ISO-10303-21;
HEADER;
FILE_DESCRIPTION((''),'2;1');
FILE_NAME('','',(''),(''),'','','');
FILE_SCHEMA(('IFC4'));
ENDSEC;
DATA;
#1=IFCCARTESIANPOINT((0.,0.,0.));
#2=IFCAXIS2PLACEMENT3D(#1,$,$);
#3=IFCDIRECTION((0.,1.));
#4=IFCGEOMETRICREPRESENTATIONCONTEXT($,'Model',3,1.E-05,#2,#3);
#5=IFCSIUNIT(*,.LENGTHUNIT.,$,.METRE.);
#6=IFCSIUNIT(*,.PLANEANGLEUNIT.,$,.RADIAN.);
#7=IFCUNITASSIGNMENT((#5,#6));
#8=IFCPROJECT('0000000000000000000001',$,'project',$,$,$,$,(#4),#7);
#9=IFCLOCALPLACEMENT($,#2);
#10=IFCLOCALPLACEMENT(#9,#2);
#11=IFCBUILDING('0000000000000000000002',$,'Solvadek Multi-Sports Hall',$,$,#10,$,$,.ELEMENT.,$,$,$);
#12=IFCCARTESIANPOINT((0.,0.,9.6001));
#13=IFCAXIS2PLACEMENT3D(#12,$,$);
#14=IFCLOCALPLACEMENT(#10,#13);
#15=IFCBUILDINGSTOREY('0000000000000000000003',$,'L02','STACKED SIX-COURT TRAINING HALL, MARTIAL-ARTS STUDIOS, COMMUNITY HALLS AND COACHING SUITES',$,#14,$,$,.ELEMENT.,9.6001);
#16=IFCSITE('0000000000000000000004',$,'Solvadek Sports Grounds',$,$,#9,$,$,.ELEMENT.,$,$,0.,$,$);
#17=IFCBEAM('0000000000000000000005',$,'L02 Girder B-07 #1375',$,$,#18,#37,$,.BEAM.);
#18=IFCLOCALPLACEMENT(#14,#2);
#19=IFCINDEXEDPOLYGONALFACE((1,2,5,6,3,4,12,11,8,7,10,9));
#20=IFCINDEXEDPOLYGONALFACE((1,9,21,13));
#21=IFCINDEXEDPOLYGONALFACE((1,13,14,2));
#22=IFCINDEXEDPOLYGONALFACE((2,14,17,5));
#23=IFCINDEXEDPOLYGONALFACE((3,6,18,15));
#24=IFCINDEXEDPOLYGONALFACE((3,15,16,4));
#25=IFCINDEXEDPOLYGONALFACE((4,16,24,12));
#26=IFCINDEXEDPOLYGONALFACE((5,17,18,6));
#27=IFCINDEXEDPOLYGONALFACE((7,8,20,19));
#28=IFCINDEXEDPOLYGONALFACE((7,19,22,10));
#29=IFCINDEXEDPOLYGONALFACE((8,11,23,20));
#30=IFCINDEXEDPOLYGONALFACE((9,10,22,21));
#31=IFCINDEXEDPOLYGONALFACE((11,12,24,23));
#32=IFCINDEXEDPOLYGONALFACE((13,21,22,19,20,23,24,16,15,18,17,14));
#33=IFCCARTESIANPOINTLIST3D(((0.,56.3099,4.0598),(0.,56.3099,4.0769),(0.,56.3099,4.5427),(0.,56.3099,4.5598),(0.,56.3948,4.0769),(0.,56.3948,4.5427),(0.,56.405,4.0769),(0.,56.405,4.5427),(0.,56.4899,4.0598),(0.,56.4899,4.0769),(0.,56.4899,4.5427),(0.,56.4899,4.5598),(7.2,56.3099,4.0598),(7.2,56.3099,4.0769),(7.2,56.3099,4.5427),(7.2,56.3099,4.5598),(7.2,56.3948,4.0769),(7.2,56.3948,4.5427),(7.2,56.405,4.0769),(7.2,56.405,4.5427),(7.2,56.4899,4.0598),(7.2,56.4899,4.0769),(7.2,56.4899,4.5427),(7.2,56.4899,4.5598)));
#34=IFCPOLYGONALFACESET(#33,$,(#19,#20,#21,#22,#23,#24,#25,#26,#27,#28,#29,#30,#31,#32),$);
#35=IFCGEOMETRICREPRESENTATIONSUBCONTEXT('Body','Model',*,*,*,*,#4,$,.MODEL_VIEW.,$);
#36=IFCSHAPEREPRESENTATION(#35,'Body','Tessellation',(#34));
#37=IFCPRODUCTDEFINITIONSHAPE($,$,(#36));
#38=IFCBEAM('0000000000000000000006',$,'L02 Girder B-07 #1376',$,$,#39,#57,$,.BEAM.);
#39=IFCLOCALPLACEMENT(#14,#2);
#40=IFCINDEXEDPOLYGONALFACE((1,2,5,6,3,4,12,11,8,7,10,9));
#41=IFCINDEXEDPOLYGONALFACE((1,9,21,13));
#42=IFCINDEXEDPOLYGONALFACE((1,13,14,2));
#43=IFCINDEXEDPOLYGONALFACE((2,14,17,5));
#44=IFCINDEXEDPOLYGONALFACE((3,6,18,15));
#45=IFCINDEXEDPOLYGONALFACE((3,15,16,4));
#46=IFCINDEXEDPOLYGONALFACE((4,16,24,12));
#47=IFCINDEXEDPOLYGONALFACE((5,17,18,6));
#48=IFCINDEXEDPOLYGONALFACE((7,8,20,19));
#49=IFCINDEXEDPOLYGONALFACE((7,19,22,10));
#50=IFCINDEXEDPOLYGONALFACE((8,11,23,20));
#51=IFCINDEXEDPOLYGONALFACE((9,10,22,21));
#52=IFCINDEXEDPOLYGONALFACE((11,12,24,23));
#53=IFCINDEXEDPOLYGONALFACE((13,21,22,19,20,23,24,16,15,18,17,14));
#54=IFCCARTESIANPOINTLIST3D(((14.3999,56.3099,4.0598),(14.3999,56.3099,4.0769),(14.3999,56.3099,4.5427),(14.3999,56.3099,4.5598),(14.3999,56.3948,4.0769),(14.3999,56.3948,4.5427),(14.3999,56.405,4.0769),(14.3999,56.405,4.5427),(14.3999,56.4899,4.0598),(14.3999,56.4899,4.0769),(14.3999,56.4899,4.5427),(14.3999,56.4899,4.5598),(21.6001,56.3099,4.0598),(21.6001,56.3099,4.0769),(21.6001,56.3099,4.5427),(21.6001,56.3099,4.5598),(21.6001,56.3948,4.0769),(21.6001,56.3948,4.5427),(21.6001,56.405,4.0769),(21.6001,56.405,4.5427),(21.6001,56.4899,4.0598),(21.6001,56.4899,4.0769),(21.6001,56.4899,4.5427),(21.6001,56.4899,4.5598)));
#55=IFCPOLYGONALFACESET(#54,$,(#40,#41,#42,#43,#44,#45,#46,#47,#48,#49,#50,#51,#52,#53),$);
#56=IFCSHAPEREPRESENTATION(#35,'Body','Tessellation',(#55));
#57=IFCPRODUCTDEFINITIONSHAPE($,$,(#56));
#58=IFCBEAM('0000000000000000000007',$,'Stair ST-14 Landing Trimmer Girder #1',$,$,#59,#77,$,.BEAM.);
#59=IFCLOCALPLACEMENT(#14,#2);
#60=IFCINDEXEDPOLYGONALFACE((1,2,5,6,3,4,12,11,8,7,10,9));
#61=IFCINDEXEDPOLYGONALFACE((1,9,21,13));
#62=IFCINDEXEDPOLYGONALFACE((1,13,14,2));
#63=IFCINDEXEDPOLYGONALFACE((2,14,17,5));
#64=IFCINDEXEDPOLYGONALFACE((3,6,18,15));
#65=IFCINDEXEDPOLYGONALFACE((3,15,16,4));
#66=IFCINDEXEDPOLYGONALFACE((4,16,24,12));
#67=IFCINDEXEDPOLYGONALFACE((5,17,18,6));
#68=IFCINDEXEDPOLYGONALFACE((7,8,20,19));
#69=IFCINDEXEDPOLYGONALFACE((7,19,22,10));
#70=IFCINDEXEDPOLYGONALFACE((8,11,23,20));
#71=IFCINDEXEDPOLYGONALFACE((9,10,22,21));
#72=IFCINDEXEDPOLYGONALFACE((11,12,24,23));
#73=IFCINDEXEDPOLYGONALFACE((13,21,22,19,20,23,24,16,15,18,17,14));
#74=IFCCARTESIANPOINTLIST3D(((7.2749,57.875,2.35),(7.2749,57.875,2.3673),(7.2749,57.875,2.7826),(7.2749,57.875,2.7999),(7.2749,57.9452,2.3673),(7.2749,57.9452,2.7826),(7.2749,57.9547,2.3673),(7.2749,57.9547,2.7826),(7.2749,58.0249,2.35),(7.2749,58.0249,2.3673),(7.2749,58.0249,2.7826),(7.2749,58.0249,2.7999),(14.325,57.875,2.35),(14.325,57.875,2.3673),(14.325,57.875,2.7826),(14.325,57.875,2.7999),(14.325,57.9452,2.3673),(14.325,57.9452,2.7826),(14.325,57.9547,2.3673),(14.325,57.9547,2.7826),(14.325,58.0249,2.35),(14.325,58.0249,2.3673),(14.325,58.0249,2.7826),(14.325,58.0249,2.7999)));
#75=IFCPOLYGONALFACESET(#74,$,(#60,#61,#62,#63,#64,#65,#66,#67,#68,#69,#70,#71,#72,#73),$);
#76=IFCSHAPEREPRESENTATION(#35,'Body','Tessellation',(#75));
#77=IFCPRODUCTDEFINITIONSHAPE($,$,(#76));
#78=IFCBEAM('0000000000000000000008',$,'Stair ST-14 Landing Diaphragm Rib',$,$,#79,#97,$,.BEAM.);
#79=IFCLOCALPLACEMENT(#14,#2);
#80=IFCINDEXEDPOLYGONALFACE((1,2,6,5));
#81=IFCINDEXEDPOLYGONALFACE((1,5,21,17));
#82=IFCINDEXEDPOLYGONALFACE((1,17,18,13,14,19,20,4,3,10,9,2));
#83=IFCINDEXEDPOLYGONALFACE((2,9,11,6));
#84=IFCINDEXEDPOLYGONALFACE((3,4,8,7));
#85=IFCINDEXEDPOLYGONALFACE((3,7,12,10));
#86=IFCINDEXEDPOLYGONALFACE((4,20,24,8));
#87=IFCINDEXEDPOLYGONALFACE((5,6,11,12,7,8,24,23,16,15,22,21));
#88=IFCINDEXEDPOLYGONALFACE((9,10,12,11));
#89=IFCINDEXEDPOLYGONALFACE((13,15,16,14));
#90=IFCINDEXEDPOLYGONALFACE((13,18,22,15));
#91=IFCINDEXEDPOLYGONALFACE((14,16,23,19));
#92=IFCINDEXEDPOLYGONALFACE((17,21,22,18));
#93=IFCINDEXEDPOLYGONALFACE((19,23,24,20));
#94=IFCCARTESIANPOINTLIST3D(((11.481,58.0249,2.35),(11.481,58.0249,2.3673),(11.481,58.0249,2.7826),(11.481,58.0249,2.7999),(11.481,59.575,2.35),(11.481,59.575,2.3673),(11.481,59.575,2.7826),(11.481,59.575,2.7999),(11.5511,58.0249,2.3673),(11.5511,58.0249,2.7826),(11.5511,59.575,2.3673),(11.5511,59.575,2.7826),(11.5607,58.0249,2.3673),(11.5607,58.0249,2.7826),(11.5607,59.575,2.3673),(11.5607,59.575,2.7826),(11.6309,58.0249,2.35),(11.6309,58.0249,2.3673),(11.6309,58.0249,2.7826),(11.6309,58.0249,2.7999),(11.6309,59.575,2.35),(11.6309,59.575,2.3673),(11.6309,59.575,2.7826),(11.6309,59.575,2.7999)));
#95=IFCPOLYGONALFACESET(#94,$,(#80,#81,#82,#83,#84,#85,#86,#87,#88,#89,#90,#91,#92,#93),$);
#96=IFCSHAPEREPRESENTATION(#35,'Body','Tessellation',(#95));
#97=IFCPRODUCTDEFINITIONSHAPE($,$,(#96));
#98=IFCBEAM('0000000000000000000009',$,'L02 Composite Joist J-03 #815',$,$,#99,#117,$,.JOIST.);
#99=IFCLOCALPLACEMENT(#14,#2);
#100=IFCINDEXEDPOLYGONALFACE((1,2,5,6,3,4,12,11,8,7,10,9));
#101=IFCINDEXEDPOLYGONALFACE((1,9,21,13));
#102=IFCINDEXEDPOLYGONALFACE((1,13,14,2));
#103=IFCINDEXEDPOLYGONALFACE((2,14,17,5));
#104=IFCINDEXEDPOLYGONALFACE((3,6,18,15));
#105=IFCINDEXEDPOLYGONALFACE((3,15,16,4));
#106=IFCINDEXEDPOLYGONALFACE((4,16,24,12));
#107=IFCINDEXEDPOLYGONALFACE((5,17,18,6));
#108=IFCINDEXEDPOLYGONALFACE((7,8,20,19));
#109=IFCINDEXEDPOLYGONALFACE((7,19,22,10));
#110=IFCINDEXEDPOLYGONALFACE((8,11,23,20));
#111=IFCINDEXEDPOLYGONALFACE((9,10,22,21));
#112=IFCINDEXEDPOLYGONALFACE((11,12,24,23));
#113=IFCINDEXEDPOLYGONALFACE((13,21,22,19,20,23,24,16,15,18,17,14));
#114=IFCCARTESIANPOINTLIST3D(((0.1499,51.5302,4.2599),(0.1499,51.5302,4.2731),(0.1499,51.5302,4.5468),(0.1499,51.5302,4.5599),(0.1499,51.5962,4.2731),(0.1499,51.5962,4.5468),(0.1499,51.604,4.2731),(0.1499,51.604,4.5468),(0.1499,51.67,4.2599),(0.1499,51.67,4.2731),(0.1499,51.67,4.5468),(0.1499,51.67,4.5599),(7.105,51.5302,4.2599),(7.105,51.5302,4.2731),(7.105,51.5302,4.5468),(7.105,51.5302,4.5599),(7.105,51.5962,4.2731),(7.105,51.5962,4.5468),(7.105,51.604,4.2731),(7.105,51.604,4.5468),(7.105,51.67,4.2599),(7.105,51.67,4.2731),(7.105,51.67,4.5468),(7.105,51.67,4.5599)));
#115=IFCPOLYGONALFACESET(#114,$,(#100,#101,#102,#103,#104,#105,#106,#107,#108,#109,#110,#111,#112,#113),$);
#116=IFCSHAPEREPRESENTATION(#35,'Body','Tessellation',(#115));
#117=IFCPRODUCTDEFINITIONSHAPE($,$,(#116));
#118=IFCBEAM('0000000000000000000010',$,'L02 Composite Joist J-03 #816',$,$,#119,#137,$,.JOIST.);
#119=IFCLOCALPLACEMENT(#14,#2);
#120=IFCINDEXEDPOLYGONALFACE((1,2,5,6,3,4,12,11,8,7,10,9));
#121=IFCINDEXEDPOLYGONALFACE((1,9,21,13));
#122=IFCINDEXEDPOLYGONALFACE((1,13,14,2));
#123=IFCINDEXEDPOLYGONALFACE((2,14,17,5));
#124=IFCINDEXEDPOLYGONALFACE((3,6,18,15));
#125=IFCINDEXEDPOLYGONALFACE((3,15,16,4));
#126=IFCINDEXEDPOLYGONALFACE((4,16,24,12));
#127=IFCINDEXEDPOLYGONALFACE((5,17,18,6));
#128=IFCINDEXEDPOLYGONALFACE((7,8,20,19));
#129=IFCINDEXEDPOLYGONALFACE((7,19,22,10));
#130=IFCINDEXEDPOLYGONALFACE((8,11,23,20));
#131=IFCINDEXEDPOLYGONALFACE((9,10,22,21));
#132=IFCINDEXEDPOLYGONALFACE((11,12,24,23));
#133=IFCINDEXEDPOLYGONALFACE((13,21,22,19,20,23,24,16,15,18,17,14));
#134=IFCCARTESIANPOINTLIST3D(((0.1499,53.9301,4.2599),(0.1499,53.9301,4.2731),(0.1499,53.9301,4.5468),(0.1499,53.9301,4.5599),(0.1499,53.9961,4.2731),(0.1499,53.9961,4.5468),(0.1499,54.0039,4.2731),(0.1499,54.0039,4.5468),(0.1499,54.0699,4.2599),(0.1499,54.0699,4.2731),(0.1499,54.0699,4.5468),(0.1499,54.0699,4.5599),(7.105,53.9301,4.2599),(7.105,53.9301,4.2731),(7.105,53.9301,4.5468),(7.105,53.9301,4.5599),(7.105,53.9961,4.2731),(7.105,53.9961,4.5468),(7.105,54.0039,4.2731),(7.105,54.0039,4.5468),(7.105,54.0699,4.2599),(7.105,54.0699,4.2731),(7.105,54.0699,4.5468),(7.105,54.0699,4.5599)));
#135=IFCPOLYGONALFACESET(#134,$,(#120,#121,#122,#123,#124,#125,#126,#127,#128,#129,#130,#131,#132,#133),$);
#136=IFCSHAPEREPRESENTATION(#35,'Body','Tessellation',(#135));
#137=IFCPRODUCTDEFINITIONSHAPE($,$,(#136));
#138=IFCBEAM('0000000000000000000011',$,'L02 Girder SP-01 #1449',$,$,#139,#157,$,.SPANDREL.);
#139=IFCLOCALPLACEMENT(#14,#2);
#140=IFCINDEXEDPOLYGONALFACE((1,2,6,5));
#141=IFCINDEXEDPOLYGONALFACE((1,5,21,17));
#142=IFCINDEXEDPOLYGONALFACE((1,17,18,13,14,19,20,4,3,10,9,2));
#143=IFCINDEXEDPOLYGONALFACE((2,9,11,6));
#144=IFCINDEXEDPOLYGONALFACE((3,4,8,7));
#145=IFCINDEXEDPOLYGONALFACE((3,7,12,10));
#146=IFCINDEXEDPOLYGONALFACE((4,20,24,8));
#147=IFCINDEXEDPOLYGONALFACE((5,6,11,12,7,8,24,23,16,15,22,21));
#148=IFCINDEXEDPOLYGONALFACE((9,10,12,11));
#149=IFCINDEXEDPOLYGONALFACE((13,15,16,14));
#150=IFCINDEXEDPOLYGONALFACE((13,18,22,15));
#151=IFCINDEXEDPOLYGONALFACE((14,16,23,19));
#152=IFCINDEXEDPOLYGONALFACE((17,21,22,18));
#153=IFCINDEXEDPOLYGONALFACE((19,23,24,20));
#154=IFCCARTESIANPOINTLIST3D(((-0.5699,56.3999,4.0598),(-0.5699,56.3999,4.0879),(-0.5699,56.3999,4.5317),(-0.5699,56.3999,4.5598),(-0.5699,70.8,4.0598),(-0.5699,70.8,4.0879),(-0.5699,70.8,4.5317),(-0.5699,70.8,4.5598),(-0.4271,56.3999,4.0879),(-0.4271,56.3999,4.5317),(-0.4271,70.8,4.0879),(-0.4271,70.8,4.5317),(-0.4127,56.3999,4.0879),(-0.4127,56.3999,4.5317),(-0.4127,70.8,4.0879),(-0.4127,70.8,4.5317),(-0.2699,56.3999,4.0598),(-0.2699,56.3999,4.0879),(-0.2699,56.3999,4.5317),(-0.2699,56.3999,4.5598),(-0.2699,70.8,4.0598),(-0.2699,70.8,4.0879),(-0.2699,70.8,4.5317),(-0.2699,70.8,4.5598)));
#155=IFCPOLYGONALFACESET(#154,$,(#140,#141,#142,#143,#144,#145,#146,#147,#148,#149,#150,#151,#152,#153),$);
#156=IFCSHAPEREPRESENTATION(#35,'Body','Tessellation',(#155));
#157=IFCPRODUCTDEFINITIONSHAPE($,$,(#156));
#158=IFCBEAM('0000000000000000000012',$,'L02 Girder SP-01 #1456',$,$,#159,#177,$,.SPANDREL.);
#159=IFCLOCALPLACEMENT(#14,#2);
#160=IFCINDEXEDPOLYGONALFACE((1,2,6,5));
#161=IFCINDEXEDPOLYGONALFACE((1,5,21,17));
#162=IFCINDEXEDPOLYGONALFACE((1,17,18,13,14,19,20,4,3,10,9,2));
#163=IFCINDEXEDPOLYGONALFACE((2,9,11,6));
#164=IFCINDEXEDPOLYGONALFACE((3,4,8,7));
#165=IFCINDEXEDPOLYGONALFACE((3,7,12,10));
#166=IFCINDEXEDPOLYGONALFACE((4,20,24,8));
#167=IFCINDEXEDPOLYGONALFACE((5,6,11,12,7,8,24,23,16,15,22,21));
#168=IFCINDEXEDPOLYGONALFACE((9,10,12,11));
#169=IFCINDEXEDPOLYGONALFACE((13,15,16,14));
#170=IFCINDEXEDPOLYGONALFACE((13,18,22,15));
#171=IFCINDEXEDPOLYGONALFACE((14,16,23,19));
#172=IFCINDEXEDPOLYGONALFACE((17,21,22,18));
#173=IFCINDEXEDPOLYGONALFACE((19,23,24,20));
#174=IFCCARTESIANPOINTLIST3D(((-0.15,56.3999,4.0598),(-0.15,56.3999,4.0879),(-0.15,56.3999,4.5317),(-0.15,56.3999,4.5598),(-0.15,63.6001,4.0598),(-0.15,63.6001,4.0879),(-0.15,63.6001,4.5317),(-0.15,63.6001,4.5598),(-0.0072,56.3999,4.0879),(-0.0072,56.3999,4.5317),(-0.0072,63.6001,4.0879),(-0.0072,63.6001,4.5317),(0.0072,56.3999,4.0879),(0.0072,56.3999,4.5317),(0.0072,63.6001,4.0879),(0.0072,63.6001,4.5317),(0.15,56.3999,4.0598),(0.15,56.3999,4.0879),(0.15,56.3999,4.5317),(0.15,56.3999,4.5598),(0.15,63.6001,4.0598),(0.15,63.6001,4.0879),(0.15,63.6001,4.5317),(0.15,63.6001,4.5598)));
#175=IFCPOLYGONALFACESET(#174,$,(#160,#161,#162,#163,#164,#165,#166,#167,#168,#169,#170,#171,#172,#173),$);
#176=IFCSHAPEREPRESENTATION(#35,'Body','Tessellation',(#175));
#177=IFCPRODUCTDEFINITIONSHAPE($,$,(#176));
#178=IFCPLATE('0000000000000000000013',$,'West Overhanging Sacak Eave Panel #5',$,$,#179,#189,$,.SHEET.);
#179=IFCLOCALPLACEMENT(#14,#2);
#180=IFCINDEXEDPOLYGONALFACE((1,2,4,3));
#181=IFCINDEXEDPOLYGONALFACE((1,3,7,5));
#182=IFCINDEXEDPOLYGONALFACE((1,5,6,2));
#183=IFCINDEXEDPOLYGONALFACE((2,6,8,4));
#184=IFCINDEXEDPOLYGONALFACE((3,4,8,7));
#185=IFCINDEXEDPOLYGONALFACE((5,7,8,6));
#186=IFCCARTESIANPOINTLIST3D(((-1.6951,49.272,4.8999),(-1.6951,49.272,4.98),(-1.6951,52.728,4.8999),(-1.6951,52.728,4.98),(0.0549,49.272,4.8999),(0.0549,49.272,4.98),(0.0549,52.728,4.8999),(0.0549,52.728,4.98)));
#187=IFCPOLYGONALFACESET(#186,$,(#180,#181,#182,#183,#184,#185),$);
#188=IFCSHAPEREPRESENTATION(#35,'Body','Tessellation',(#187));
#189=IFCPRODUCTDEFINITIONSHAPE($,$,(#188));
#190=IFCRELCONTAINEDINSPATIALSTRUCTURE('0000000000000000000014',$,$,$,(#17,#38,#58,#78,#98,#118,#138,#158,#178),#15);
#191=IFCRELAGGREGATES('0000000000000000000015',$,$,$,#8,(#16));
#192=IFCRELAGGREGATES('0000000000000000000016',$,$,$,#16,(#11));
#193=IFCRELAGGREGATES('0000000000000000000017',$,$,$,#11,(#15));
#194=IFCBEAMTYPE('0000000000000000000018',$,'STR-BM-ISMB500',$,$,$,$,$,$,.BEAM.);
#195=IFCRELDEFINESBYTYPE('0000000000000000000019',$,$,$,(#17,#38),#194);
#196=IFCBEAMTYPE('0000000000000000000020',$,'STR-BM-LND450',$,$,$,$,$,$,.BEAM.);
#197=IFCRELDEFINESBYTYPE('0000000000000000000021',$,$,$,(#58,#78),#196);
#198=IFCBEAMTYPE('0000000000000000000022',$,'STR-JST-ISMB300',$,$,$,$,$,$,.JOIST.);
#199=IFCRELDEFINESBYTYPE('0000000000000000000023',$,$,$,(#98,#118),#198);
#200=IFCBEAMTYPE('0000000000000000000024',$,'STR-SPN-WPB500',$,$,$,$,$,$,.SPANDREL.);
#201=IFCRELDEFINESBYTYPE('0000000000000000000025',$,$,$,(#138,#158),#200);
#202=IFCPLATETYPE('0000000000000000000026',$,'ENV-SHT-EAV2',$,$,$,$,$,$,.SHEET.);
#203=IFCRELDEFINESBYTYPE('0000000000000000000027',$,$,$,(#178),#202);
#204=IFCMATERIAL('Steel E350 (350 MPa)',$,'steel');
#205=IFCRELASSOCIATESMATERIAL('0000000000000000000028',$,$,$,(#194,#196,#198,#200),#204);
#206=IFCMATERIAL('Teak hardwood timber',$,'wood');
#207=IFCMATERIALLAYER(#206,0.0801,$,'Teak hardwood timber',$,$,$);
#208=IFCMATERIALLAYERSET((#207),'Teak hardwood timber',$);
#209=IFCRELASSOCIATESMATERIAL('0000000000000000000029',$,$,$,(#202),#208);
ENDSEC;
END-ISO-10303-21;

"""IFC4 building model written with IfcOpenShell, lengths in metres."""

from ifc_helpers import new_model, si_unit, direction, frame, origin, origin_2d, place, context, subcontext, project, spatial, rectangle, i_section, extrude, material, layer, layer_set, material_profile, profile_set, type_object, element, save


model = new_model("IFC4")

# Units and contexts
model_context = context("Model", 3, precision=1e-05, world=origin(), true_north=direction((0.0, 1.0)))
body_context = subcontext(model_context, "Body", "Model", "MODEL_VIEW")
ifc_project = project(units=[si_unit("LENGTHUNIT", "METRE"), si_unit("PLANEANGLEUNIT", "RADIAN")], contexts=[model_context])

# Site, building, storey
site_placement = place(None, origin())
site = spatial("IfcSite", under=ifc_project, at=site_placement, Name="Solvadek Sports Grounds", CompositionType="ELEMENT", RefElevation=0.0)
building_placement = place(site_placement, origin())
building = spatial("IfcBuilding", under=site, at=building_placement, Name="Solvadek Multi-Sports Hall", CompositionType="ELEMENT")
storey_placement = place(building_placement, frame((0.0, 0.0, 9.6001)))
storey = spatial("IfcBuildingStorey", under=building, at=storey_placement, Name="L02", Description="STACKED SIX-COURT TRAINING HALL, MARTIAL-ARTS STUDIOS, COMMUNITY HALLS AND COACHING SUITES", CompositionType="ELEMENT", Elevation=9.6001)

# Shared definitions
ifc_material_1 = material(Name="Steel E350 (350 MPa)", Category="steel")

# Beams
ifc_material_profile_1 = material_profile(ifc_material_1, i_section(OverallWidth=0.1799, OverallDepth=0.5, WebThickness=0.0103, FlangeThickness=0.0171, at=origin_2d()), Name="ISMB 500")
ifc_profile_set_1 = profile_set([ifc_material_profile_1], Name="Steel E350 (350 MPa)")
beam_type_1 = type_object("IfcBeamType", Name="STR-BM-ISMB500", PredefinedType="BEAM", material=ifc_profile_set_1)
beam_1_placement = place(storey_placement, frame((0.0, 56.3999, 4.3098), z_axis=(1.0, 0.0, 0.0), x_axis=(0.0, 1.0, 0.0)))
element("IfcBeam", 1, at=beam_1_placement, inside=storey, type_object=beam_type_1, Name="L02 Girder B-07 #1375", PredefinedType="BEAM", context=body_context, shape_type="SweptSolid", body=[
    extrude(i_section(OverallWidth=0.1799, OverallDepth=0.5, WebThickness=0.0103, FlangeThickness=0.0171, at=origin_2d()), origin(), (0.0, 0.0, 1.0), 7.2),
])
beam_2_placement = place(storey_placement, frame((14.3999, 56.3999, 4.3098), z_axis=(1.0, 0.0, 0.0), x_axis=(0.0, 1.0, 0.0)))
element("IfcBeam", 2, at=beam_2_placement, inside=storey, type_object=beam_type_1, Name="L02 Girder B-07 #1376", PredefinedType="BEAM", context=body_context, shape_type="SweptSolid", body=[
    extrude(i_section(OverallWidth=0.1799, OverallDepth=0.5, WebThickness=0.0103, FlangeThickness=0.0171, at=origin_2d()), origin(), (0.0, 0.0, 1.0), 7.2002),
])
ifc_material_profile_2 = material_profile(ifc_material_1, i_section(OverallWidth=0.1499, OverallDepth=0.45, WebThickness=0.0095, FlangeThickness=0.0173, at=origin_2d()), Name="ISMB 450")
ifc_profile_set_2 = profile_set([ifc_material_profile_2], Name="Steel E350 (350 MPa)")
beam_type_2 = type_object("IfcBeamType", Name="STR-BM-LND450", PredefinedType="BEAM", material=ifc_profile_set_2)
beam_3_placement = place(storey_placement, frame((7.2749, 57.95, 2.575), z_axis=(1.0, 0.0, 0.0), x_axis=(0.0, 1.0, 0.0)))
element("IfcBeam", 3, at=beam_3_placement, inside=storey, type_object=beam_type_2, Name="Stair ST-14 Landing Trimmer Girder #1", PredefinedType="BEAM", context=body_context, shape_type="SweptSolid", body=[
    extrude(i_section(OverallWidth=0.1499, OverallDepth=0.45, WebThickness=0.0095, FlangeThickness=0.0173, at=origin_2d()), origin(), (0.0, 0.0, 1.0), 7.05),
])
beam_4_placement = place(storey_placement, frame((11.5559, 58.0249, 2.575), z_axis=(0.0, 1.0, 0.0), x_axis=(-1.0, 0.0, 0.0)))
element("IfcBeam", 4, at=beam_4_placement, inside=storey, type_object=beam_type_2, Name="Stair ST-14 Landing Diaphragm Rib", PredefinedType="BEAM", context=body_context, shape_type="SweptSolid", body=[
    extrude(i_section(OverallWidth=0.1499, OverallDepth=0.45, WebThickness=0.0095, FlangeThickness=0.0173, at=origin_2d()), origin(), (0.0, 0.0, 1.0), 1.55),
])
ifc_material_profile_3 = material_profile(ifc_material_1, i_section(OverallWidth=0.1399, OverallDepth=0.3, WebThickness=0.0078, FlangeThickness=0.0132, at=origin_2d()), Name="ISMB 300")
ifc_profile_set_3 = profile_set([ifc_material_profile_3], Name="Steel E350 (350 MPa)")
beam_type_3 = type_object("IfcBeamType", Name="STR-JST-ISMB300", PredefinedType="JOIST", material=ifc_profile_set_3)
for number, where, z_axis, x_axis, name in (
    (5, (0.1499, 51.6001, 4.4099), (1.0, 0.0, 0.0), (0.0, 1.0, 0.0), "L02 Composite Joist J-03 #815"),
    (6, (0.1499, 54.0, 4.4099), (1.0, 0.0, 0.0), (0.0, 1.0, 0.0), "L02 Composite Joist J-03 #816"),
):
    element("IfcBeam", number, at=place(storey_placement, frame(where, z_axis=z_axis, x_axis=x_axis)), inside=storey, type_object=beam_type_3, Name=name, PredefinedType="JOIST", context=body_context, shape_type="SweptSolid", body=[
        extrude(i_section(OverallWidth=0.1399, OverallDepth=0.3, WebThickness=0.0078, FlangeThickness=0.0132, at=origin_2d()), origin(), (0.0, 0.0, 1.0), 6.9551),
    ])
ifc_material_profile_4 = material_profile(ifc_material_1, i_section(OverallWidth=0.3, OverallDepth=0.5, WebThickness=0.0144, FlangeThickness=0.0281, at=origin_2d()), Name="WPB 500")
ifc_profile_set_4 = profile_set([ifc_material_profile_4], Name="Steel E350 (350 MPa)")
beam_type_4 = type_object("IfcBeamType", Name="STR-SPN-WPB500", PredefinedType="SPANDREL", material=ifc_profile_set_4)
beam_5_placement = place(storey_placement, frame((-0.4199, 56.3999, 4.3098), z_axis=(0.0, 1.0, 0.0), x_axis=(-1.0, 0.0, 0.0)))
element("IfcBeam", 7, at=beam_5_placement, inside=storey, type_object=beam_type_4, Name="L02 Girder SP-01 #1449", PredefinedType="SPANDREL", context=body_context, shape_type="SweptSolid", body=[
    extrude(i_section(OverallWidth=0.3, OverallDepth=0.5, WebThickness=0.0144, FlangeThickness=0.0281, at=origin_2d()), origin(), (0.0, 0.0, 1.0), 14.4001),
])
beam_6_placement = place(storey_placement, frame((0.0, 56.3999, 4.3098), z_axis=(0.0, 1.0, 0.0), x_axis=(-1.0, 0.0, 0.0)))
element("IfcBeam", 8, at=beam_6_placement, inside=storey, type_object=beam_type_4, Name="L02 Girder SP-01 #1456", PredefinedType="SPANDREL", context=body_context, shape_type="SweptSolid", body=[
    extrude(i_section(OverallWidth=0.3, OverallDepth=0.5, WebThickness=0.0144, FlangeThickness=0.0281, at=origin_2d()), origin(), (0.0, 0.0, 1.0), 7.2002),
])

# Plate
ifc_material_2 = material(Name="Teak hardwood timber", Category="wood")
ifc_layer_1 = layer(ifc_material_2, 0.0801, Name="Teak hardwood timber")
ifc_layer_set_1 = layer_set([ifc_layer_1], Name="Teak hardwood timber")
plate_type = type_object("IfcPlateType", Name="ENV-SHT-EAV2", PredefinedType="SHEET", material=ifc_layer_set_1)
for number, where, z_axis, x_axis, name in (
    (9, (-0.8201, 51.0, 4.8999), (0.0, 0.0, 1.0), (1.0, 0.0, 0.0), "West Overhanging Sacak Eave Panel #5"),
):
    element("IfcPlate", number, at=place(storey_placement, frame(where, z_axis=z_axis, x_axis=x_axis)), inside=storey, type_object=plate_type, Name=name, PredefinedType="SHEET", context=body_context, shape_type="SweptSolid", body=[
        extrude(rectangle(XDim=1.75, YDim=3.4561, at=origin_2d()), origin(), (0.0, 0.0, 1.0), 0.0801),
    ])

save(model, "model.ifc")
